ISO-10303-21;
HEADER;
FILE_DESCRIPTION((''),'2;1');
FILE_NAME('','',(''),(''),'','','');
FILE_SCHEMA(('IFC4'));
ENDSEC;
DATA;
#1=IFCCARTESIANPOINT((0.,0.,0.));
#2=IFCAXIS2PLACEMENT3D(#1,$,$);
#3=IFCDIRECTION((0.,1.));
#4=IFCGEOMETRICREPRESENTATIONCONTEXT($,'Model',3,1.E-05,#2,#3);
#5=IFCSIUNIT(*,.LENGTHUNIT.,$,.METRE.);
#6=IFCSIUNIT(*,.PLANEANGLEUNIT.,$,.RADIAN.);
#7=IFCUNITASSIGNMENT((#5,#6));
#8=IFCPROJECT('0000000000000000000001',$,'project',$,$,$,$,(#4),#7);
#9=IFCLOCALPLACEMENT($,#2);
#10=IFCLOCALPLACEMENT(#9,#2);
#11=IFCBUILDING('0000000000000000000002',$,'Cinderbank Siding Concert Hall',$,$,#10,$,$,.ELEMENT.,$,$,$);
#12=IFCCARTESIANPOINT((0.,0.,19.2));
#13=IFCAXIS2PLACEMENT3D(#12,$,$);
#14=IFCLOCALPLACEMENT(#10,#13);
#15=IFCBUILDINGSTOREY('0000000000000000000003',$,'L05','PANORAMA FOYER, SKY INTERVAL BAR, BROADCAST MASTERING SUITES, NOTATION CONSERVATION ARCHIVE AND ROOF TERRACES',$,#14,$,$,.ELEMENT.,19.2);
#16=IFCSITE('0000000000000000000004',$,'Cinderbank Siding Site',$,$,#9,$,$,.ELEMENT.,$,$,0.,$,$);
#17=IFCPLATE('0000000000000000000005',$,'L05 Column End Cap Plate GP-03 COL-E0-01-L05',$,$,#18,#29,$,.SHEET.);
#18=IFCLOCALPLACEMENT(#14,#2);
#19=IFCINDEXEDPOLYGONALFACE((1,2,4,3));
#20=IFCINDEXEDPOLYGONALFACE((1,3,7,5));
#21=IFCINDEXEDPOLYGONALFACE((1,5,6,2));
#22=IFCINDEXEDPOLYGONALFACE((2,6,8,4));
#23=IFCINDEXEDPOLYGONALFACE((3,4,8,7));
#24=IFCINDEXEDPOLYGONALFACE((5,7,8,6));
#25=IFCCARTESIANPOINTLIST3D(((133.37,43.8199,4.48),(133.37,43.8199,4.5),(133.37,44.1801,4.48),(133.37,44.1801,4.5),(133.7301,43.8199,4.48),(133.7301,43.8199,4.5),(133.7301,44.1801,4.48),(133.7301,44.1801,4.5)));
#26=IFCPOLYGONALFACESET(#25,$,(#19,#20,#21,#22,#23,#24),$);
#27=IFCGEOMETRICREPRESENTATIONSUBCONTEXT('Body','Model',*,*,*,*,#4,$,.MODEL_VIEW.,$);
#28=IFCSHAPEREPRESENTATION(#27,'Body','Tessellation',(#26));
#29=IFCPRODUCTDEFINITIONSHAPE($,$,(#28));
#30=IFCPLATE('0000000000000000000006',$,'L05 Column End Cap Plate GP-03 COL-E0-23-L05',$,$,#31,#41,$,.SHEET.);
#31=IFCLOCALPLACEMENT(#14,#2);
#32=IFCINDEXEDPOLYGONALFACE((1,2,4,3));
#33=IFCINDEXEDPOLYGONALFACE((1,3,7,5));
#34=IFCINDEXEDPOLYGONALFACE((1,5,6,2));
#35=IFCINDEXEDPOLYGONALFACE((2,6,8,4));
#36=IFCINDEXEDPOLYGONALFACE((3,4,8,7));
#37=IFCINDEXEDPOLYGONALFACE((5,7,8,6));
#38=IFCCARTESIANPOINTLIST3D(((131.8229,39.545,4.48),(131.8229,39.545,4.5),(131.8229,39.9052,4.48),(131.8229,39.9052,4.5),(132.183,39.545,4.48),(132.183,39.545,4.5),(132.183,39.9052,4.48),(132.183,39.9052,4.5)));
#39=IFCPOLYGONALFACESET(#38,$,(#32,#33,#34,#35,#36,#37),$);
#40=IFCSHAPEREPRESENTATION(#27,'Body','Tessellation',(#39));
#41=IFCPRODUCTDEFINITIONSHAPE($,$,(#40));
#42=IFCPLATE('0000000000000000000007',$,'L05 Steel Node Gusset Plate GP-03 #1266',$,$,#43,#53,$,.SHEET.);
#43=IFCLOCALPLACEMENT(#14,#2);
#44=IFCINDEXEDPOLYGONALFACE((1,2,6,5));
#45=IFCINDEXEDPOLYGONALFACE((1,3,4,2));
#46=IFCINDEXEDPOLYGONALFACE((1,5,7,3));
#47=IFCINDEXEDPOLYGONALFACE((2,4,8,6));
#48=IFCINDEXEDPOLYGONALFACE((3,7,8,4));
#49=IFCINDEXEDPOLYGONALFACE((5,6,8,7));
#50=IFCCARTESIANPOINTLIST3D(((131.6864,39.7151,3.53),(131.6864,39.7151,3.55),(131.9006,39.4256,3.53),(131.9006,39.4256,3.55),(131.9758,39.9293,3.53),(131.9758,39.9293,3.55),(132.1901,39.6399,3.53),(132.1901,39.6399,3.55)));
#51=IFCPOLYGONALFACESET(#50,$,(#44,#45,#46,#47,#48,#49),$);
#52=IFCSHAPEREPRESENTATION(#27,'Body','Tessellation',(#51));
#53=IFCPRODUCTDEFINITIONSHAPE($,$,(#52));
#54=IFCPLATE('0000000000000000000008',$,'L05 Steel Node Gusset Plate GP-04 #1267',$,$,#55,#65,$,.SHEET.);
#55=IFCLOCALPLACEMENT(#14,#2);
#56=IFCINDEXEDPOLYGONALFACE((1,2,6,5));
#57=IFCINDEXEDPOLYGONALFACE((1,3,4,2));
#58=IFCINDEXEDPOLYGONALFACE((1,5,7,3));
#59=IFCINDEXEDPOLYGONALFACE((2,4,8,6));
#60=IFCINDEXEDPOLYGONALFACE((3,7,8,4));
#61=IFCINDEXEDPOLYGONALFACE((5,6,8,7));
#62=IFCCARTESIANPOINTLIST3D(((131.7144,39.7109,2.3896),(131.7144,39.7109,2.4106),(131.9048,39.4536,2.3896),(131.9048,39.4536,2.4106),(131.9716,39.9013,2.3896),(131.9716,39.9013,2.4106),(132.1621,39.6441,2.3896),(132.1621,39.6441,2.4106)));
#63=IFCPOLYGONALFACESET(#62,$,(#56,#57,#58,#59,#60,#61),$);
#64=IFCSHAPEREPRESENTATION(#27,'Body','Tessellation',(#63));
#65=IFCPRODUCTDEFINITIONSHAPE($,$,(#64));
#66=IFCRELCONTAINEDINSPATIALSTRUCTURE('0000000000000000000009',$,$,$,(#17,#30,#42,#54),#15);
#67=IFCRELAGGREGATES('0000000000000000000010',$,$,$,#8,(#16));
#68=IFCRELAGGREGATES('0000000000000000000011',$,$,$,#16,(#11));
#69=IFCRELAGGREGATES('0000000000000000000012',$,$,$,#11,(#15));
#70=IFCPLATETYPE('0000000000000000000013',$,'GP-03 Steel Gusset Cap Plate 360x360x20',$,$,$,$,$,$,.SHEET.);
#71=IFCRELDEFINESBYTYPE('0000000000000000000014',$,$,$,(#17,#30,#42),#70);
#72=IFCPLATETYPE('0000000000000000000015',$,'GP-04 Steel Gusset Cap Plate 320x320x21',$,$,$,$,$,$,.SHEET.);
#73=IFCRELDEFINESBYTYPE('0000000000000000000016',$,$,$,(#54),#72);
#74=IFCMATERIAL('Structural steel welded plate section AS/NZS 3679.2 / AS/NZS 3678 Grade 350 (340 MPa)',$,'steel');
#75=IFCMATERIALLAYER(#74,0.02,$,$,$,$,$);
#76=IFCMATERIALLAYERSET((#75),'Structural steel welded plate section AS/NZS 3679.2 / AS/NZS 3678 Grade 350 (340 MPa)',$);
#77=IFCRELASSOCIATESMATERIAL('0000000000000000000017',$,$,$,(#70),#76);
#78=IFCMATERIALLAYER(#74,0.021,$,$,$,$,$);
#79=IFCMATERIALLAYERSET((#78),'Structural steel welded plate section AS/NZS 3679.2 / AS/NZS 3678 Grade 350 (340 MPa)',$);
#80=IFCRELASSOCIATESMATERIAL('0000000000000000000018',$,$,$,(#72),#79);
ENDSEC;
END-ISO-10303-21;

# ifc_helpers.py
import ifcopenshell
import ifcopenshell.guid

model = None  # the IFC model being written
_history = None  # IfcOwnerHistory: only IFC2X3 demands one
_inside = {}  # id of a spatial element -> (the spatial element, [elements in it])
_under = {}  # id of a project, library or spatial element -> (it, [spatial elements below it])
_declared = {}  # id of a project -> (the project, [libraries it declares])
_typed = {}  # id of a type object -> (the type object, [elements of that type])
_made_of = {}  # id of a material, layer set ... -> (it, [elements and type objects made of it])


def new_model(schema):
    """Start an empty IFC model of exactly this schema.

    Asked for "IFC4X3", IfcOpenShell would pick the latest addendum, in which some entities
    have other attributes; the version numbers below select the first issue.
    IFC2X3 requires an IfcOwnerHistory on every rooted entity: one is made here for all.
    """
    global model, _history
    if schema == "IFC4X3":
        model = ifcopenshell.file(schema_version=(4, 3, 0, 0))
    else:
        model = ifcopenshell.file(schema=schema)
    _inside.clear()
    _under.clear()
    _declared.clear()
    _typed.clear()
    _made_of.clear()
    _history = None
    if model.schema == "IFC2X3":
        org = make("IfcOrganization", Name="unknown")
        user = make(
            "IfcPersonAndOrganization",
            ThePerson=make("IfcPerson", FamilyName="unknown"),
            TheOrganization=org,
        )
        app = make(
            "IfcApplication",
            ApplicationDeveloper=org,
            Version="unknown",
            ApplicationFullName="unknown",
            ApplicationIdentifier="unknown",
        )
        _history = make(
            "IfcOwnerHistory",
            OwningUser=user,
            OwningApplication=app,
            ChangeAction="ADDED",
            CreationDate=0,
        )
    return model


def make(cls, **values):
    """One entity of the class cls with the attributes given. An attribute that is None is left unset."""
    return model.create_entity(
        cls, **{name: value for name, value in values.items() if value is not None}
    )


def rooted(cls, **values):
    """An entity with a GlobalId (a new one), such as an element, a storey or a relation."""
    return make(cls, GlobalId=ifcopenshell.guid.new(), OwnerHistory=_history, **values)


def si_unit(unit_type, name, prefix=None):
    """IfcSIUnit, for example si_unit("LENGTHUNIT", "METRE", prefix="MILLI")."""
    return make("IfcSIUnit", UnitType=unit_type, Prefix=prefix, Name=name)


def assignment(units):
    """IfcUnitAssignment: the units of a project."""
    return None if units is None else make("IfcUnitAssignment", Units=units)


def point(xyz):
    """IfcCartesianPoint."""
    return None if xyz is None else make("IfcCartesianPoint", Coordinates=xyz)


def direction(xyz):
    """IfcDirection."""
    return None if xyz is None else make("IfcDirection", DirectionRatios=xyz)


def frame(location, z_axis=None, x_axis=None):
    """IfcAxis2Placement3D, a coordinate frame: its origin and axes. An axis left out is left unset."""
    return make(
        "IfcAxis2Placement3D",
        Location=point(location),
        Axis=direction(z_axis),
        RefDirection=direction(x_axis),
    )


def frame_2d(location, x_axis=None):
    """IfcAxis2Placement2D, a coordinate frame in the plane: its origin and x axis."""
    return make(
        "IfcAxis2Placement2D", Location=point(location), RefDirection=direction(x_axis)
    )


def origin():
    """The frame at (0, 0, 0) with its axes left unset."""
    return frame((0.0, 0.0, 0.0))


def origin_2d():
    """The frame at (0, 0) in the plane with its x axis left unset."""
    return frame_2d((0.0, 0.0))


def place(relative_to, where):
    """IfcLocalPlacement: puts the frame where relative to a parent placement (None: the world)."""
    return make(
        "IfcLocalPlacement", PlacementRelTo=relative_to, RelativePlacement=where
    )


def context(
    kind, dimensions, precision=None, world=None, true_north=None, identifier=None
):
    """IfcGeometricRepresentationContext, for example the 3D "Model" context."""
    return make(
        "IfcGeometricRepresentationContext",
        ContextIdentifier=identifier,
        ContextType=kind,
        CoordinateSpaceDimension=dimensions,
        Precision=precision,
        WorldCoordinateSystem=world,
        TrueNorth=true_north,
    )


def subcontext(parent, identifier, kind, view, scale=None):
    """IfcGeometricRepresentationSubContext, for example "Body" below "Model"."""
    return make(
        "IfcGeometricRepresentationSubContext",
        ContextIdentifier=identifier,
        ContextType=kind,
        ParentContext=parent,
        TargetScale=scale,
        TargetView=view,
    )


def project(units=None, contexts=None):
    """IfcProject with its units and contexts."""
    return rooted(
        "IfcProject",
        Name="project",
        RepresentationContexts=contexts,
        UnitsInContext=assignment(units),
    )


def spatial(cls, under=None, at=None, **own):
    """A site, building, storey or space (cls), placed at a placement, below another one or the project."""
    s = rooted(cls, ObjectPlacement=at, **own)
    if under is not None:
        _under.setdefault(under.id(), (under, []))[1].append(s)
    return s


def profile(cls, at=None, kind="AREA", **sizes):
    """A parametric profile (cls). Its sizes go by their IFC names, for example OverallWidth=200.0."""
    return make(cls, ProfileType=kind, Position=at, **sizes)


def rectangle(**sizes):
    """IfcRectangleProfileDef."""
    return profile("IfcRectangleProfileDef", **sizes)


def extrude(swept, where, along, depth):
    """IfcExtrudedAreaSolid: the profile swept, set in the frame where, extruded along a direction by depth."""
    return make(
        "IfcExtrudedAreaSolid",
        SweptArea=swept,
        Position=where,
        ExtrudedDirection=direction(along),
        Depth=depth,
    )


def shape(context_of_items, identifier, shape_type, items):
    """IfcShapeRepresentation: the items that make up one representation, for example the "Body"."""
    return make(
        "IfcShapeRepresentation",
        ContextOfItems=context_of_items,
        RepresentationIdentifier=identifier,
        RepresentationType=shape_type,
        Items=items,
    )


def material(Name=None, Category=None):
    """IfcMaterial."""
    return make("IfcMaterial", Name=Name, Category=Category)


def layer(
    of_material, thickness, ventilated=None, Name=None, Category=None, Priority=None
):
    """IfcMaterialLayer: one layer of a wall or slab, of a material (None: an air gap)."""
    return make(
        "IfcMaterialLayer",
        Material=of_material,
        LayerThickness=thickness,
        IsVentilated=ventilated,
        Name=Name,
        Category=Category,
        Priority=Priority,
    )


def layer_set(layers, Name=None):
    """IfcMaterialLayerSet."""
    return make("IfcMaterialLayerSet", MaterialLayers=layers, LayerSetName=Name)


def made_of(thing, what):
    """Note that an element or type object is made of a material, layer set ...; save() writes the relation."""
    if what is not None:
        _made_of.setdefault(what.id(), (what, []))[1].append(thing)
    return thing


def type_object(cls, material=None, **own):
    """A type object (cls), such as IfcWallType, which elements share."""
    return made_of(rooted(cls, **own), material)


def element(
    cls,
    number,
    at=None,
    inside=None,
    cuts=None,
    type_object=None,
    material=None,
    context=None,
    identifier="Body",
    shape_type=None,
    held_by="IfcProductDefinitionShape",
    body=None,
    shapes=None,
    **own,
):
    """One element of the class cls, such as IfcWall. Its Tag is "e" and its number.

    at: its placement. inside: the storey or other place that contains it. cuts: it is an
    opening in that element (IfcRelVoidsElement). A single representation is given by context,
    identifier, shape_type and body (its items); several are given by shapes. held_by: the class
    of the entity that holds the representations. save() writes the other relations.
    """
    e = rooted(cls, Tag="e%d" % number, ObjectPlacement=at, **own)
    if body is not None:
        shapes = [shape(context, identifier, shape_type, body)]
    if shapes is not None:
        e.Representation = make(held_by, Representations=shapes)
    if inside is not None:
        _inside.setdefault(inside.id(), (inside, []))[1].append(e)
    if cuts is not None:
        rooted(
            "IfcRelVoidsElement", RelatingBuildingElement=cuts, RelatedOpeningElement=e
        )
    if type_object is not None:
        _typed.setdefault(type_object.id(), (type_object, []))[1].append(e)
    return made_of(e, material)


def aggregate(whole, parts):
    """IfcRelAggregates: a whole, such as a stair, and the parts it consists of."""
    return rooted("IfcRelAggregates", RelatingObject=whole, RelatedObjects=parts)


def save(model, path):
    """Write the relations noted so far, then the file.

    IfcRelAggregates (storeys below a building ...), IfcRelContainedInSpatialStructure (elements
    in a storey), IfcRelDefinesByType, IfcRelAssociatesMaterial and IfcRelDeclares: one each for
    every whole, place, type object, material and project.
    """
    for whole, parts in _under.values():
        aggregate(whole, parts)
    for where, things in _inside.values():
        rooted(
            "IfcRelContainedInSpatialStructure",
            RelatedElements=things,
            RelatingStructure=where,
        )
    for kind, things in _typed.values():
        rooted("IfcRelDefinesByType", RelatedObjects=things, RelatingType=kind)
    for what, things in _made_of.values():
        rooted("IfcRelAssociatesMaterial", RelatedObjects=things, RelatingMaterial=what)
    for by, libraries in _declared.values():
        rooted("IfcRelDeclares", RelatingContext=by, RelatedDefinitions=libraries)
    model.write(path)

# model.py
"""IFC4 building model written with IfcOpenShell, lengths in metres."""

from ifc_helpers import new_model, si_unit, direction, frame, origin, origin_2d, place, context, subcontext, project, spatial, rectangle, extrude, material, layer, layer_set, type_object, element, save


model = new_model("IFC4")

# Units and contexts
model_context = context("Model", 3, precision=1e-05, world=origin(), true_north=direction((0.0, 1.0)))
body_context = subcontext(model_context, "Body", "Model", "MODEL_VIEW")
ifc_project = project(units=[si_unit("LENGTHUNIT", "METRE"), si_unit("PLANEANGLEUNIT", "RADIAN")], contexts=[model_context])

# Site, building, storey
site_placement = place(None, origin())
site = spatial("IfcSite", under=ifc_project, at=site_placement, Name="Cinderbank Siding Site", CompositionType="ELEMENT", RefElevation=0.0)
building_placement = place(site_placement, origin())
building = spatial("IfcBuilding", under=site, at=building_placement, Name="Cinderbank Siding Concert Hall", CompositionType="ELEMENT")
storey_placement = place(building_placement, frame((0.0, 0.0, 19.2)))
storey = spatial("IfcBuildingStorey", under=building, at=storey_placement, Name="L05", Description="PANORAMA FOYER, SKY INTERVAL BAR, BROADCAST MASTERING SUITES, NOTATION CONSERVATION ARCHIVE AND ROOF TERRACES", CompositionType="ELEMENT", Elevation=19.2)

# Plates
ifc_material_1 = material(Name="Structural steel welded plate section AS/NZS 3679.2 / AS/NZS 3678 Grade 350 (340 MPa)", Category="steel")
ifc_layer_1 = layer(ifc_material_1, 0.02)
ifc_layer_set_1 = layer_set([ifc_layer_1], Name="Structural steel welded plate section AS/NZS 3679.2 / AS/NZS 3678 Grade 350 (340 MPa)")
plate_type_1 = type_object("IfcPlateType", Name="GP-03 Steel Gusset Cap Plate 360x360x20", PredefinedType="SHEET", material=ifc_layer_set_1)
for number, where, z_axis, x_axis, name in (
    (1, (133.55, 44.0, 4.48), (0.0, 0.0, 1.0), (1.0, 0.0, 0.0), "L05 Column End Cap Plate GP-03 COL-E0-01-L05"),
    (2, (132.0029, 39.7251, 4.48), (0.0, 0.0, 1.0), (1.0, 0.0, 0.0), "L05 Column End Cap Plate GP-03 COL-E0-23-L05"),
    (3, (131.9382, 39.6775, 3.53), (0.0, 0.0, 1.0), (0.803753, 0.594963, 0.0), "L05 Steel Node Gusset Plate GP-03 #1266"),
):
    element("IfcPlate", number, at=place(storey_placement, frame(where, z_axis=z_axis, x_axis=x_axis)), inside=storey, type_object=plate_type_1, Name=name, PredefinedType="SHEET", context=body_context, shape_type="SweptSolid", body=[
        extrude(rectangle(XDim=0.3601, YDim=0.3601, at=origin_2d()), origin(), (0.0, 0.0, 1.0), 0.02),
    ])
ifc_layer_2 = layer(ifc_material_1, 0.021)
ifc_layer_set_2 = layer_set([ifc_layer_2], Name="Structural steel welded plate section AS/NZS 3679.2 / AS/NZS 3678 Grade 350 (340 MPa)")
plate_type_2 = type_object("IfcPlateType", Name="GP-04 Steel Gusset Cap Plate 320x320x21", PredefinedType="SHEET", material=ifc_layer_set_2)
plate_1_placement = place(storey_placement, frame((131.9382, 39.6775, 2.3896), z_axis=(0.0, 0.0, 1.0), x_axis=(-0.803753, -0.594963, 0.0)))
element("IfcPlate", 4, at=plate_1_placement, inside=storey, type_object=plate_type_2, Name="L05 Steel Node Gusset Plate GP-04 #1267", PredefinedType="SHEET", context=body_context, shape_type="SweptSolid", body=[
    extrude(rectangle(XDim=0.3201, YDim=0.3201, at=origin_2d()), origin(), (0.0, 0.0, 1.0), 0.021),
])

save(model, "model.ifc")
